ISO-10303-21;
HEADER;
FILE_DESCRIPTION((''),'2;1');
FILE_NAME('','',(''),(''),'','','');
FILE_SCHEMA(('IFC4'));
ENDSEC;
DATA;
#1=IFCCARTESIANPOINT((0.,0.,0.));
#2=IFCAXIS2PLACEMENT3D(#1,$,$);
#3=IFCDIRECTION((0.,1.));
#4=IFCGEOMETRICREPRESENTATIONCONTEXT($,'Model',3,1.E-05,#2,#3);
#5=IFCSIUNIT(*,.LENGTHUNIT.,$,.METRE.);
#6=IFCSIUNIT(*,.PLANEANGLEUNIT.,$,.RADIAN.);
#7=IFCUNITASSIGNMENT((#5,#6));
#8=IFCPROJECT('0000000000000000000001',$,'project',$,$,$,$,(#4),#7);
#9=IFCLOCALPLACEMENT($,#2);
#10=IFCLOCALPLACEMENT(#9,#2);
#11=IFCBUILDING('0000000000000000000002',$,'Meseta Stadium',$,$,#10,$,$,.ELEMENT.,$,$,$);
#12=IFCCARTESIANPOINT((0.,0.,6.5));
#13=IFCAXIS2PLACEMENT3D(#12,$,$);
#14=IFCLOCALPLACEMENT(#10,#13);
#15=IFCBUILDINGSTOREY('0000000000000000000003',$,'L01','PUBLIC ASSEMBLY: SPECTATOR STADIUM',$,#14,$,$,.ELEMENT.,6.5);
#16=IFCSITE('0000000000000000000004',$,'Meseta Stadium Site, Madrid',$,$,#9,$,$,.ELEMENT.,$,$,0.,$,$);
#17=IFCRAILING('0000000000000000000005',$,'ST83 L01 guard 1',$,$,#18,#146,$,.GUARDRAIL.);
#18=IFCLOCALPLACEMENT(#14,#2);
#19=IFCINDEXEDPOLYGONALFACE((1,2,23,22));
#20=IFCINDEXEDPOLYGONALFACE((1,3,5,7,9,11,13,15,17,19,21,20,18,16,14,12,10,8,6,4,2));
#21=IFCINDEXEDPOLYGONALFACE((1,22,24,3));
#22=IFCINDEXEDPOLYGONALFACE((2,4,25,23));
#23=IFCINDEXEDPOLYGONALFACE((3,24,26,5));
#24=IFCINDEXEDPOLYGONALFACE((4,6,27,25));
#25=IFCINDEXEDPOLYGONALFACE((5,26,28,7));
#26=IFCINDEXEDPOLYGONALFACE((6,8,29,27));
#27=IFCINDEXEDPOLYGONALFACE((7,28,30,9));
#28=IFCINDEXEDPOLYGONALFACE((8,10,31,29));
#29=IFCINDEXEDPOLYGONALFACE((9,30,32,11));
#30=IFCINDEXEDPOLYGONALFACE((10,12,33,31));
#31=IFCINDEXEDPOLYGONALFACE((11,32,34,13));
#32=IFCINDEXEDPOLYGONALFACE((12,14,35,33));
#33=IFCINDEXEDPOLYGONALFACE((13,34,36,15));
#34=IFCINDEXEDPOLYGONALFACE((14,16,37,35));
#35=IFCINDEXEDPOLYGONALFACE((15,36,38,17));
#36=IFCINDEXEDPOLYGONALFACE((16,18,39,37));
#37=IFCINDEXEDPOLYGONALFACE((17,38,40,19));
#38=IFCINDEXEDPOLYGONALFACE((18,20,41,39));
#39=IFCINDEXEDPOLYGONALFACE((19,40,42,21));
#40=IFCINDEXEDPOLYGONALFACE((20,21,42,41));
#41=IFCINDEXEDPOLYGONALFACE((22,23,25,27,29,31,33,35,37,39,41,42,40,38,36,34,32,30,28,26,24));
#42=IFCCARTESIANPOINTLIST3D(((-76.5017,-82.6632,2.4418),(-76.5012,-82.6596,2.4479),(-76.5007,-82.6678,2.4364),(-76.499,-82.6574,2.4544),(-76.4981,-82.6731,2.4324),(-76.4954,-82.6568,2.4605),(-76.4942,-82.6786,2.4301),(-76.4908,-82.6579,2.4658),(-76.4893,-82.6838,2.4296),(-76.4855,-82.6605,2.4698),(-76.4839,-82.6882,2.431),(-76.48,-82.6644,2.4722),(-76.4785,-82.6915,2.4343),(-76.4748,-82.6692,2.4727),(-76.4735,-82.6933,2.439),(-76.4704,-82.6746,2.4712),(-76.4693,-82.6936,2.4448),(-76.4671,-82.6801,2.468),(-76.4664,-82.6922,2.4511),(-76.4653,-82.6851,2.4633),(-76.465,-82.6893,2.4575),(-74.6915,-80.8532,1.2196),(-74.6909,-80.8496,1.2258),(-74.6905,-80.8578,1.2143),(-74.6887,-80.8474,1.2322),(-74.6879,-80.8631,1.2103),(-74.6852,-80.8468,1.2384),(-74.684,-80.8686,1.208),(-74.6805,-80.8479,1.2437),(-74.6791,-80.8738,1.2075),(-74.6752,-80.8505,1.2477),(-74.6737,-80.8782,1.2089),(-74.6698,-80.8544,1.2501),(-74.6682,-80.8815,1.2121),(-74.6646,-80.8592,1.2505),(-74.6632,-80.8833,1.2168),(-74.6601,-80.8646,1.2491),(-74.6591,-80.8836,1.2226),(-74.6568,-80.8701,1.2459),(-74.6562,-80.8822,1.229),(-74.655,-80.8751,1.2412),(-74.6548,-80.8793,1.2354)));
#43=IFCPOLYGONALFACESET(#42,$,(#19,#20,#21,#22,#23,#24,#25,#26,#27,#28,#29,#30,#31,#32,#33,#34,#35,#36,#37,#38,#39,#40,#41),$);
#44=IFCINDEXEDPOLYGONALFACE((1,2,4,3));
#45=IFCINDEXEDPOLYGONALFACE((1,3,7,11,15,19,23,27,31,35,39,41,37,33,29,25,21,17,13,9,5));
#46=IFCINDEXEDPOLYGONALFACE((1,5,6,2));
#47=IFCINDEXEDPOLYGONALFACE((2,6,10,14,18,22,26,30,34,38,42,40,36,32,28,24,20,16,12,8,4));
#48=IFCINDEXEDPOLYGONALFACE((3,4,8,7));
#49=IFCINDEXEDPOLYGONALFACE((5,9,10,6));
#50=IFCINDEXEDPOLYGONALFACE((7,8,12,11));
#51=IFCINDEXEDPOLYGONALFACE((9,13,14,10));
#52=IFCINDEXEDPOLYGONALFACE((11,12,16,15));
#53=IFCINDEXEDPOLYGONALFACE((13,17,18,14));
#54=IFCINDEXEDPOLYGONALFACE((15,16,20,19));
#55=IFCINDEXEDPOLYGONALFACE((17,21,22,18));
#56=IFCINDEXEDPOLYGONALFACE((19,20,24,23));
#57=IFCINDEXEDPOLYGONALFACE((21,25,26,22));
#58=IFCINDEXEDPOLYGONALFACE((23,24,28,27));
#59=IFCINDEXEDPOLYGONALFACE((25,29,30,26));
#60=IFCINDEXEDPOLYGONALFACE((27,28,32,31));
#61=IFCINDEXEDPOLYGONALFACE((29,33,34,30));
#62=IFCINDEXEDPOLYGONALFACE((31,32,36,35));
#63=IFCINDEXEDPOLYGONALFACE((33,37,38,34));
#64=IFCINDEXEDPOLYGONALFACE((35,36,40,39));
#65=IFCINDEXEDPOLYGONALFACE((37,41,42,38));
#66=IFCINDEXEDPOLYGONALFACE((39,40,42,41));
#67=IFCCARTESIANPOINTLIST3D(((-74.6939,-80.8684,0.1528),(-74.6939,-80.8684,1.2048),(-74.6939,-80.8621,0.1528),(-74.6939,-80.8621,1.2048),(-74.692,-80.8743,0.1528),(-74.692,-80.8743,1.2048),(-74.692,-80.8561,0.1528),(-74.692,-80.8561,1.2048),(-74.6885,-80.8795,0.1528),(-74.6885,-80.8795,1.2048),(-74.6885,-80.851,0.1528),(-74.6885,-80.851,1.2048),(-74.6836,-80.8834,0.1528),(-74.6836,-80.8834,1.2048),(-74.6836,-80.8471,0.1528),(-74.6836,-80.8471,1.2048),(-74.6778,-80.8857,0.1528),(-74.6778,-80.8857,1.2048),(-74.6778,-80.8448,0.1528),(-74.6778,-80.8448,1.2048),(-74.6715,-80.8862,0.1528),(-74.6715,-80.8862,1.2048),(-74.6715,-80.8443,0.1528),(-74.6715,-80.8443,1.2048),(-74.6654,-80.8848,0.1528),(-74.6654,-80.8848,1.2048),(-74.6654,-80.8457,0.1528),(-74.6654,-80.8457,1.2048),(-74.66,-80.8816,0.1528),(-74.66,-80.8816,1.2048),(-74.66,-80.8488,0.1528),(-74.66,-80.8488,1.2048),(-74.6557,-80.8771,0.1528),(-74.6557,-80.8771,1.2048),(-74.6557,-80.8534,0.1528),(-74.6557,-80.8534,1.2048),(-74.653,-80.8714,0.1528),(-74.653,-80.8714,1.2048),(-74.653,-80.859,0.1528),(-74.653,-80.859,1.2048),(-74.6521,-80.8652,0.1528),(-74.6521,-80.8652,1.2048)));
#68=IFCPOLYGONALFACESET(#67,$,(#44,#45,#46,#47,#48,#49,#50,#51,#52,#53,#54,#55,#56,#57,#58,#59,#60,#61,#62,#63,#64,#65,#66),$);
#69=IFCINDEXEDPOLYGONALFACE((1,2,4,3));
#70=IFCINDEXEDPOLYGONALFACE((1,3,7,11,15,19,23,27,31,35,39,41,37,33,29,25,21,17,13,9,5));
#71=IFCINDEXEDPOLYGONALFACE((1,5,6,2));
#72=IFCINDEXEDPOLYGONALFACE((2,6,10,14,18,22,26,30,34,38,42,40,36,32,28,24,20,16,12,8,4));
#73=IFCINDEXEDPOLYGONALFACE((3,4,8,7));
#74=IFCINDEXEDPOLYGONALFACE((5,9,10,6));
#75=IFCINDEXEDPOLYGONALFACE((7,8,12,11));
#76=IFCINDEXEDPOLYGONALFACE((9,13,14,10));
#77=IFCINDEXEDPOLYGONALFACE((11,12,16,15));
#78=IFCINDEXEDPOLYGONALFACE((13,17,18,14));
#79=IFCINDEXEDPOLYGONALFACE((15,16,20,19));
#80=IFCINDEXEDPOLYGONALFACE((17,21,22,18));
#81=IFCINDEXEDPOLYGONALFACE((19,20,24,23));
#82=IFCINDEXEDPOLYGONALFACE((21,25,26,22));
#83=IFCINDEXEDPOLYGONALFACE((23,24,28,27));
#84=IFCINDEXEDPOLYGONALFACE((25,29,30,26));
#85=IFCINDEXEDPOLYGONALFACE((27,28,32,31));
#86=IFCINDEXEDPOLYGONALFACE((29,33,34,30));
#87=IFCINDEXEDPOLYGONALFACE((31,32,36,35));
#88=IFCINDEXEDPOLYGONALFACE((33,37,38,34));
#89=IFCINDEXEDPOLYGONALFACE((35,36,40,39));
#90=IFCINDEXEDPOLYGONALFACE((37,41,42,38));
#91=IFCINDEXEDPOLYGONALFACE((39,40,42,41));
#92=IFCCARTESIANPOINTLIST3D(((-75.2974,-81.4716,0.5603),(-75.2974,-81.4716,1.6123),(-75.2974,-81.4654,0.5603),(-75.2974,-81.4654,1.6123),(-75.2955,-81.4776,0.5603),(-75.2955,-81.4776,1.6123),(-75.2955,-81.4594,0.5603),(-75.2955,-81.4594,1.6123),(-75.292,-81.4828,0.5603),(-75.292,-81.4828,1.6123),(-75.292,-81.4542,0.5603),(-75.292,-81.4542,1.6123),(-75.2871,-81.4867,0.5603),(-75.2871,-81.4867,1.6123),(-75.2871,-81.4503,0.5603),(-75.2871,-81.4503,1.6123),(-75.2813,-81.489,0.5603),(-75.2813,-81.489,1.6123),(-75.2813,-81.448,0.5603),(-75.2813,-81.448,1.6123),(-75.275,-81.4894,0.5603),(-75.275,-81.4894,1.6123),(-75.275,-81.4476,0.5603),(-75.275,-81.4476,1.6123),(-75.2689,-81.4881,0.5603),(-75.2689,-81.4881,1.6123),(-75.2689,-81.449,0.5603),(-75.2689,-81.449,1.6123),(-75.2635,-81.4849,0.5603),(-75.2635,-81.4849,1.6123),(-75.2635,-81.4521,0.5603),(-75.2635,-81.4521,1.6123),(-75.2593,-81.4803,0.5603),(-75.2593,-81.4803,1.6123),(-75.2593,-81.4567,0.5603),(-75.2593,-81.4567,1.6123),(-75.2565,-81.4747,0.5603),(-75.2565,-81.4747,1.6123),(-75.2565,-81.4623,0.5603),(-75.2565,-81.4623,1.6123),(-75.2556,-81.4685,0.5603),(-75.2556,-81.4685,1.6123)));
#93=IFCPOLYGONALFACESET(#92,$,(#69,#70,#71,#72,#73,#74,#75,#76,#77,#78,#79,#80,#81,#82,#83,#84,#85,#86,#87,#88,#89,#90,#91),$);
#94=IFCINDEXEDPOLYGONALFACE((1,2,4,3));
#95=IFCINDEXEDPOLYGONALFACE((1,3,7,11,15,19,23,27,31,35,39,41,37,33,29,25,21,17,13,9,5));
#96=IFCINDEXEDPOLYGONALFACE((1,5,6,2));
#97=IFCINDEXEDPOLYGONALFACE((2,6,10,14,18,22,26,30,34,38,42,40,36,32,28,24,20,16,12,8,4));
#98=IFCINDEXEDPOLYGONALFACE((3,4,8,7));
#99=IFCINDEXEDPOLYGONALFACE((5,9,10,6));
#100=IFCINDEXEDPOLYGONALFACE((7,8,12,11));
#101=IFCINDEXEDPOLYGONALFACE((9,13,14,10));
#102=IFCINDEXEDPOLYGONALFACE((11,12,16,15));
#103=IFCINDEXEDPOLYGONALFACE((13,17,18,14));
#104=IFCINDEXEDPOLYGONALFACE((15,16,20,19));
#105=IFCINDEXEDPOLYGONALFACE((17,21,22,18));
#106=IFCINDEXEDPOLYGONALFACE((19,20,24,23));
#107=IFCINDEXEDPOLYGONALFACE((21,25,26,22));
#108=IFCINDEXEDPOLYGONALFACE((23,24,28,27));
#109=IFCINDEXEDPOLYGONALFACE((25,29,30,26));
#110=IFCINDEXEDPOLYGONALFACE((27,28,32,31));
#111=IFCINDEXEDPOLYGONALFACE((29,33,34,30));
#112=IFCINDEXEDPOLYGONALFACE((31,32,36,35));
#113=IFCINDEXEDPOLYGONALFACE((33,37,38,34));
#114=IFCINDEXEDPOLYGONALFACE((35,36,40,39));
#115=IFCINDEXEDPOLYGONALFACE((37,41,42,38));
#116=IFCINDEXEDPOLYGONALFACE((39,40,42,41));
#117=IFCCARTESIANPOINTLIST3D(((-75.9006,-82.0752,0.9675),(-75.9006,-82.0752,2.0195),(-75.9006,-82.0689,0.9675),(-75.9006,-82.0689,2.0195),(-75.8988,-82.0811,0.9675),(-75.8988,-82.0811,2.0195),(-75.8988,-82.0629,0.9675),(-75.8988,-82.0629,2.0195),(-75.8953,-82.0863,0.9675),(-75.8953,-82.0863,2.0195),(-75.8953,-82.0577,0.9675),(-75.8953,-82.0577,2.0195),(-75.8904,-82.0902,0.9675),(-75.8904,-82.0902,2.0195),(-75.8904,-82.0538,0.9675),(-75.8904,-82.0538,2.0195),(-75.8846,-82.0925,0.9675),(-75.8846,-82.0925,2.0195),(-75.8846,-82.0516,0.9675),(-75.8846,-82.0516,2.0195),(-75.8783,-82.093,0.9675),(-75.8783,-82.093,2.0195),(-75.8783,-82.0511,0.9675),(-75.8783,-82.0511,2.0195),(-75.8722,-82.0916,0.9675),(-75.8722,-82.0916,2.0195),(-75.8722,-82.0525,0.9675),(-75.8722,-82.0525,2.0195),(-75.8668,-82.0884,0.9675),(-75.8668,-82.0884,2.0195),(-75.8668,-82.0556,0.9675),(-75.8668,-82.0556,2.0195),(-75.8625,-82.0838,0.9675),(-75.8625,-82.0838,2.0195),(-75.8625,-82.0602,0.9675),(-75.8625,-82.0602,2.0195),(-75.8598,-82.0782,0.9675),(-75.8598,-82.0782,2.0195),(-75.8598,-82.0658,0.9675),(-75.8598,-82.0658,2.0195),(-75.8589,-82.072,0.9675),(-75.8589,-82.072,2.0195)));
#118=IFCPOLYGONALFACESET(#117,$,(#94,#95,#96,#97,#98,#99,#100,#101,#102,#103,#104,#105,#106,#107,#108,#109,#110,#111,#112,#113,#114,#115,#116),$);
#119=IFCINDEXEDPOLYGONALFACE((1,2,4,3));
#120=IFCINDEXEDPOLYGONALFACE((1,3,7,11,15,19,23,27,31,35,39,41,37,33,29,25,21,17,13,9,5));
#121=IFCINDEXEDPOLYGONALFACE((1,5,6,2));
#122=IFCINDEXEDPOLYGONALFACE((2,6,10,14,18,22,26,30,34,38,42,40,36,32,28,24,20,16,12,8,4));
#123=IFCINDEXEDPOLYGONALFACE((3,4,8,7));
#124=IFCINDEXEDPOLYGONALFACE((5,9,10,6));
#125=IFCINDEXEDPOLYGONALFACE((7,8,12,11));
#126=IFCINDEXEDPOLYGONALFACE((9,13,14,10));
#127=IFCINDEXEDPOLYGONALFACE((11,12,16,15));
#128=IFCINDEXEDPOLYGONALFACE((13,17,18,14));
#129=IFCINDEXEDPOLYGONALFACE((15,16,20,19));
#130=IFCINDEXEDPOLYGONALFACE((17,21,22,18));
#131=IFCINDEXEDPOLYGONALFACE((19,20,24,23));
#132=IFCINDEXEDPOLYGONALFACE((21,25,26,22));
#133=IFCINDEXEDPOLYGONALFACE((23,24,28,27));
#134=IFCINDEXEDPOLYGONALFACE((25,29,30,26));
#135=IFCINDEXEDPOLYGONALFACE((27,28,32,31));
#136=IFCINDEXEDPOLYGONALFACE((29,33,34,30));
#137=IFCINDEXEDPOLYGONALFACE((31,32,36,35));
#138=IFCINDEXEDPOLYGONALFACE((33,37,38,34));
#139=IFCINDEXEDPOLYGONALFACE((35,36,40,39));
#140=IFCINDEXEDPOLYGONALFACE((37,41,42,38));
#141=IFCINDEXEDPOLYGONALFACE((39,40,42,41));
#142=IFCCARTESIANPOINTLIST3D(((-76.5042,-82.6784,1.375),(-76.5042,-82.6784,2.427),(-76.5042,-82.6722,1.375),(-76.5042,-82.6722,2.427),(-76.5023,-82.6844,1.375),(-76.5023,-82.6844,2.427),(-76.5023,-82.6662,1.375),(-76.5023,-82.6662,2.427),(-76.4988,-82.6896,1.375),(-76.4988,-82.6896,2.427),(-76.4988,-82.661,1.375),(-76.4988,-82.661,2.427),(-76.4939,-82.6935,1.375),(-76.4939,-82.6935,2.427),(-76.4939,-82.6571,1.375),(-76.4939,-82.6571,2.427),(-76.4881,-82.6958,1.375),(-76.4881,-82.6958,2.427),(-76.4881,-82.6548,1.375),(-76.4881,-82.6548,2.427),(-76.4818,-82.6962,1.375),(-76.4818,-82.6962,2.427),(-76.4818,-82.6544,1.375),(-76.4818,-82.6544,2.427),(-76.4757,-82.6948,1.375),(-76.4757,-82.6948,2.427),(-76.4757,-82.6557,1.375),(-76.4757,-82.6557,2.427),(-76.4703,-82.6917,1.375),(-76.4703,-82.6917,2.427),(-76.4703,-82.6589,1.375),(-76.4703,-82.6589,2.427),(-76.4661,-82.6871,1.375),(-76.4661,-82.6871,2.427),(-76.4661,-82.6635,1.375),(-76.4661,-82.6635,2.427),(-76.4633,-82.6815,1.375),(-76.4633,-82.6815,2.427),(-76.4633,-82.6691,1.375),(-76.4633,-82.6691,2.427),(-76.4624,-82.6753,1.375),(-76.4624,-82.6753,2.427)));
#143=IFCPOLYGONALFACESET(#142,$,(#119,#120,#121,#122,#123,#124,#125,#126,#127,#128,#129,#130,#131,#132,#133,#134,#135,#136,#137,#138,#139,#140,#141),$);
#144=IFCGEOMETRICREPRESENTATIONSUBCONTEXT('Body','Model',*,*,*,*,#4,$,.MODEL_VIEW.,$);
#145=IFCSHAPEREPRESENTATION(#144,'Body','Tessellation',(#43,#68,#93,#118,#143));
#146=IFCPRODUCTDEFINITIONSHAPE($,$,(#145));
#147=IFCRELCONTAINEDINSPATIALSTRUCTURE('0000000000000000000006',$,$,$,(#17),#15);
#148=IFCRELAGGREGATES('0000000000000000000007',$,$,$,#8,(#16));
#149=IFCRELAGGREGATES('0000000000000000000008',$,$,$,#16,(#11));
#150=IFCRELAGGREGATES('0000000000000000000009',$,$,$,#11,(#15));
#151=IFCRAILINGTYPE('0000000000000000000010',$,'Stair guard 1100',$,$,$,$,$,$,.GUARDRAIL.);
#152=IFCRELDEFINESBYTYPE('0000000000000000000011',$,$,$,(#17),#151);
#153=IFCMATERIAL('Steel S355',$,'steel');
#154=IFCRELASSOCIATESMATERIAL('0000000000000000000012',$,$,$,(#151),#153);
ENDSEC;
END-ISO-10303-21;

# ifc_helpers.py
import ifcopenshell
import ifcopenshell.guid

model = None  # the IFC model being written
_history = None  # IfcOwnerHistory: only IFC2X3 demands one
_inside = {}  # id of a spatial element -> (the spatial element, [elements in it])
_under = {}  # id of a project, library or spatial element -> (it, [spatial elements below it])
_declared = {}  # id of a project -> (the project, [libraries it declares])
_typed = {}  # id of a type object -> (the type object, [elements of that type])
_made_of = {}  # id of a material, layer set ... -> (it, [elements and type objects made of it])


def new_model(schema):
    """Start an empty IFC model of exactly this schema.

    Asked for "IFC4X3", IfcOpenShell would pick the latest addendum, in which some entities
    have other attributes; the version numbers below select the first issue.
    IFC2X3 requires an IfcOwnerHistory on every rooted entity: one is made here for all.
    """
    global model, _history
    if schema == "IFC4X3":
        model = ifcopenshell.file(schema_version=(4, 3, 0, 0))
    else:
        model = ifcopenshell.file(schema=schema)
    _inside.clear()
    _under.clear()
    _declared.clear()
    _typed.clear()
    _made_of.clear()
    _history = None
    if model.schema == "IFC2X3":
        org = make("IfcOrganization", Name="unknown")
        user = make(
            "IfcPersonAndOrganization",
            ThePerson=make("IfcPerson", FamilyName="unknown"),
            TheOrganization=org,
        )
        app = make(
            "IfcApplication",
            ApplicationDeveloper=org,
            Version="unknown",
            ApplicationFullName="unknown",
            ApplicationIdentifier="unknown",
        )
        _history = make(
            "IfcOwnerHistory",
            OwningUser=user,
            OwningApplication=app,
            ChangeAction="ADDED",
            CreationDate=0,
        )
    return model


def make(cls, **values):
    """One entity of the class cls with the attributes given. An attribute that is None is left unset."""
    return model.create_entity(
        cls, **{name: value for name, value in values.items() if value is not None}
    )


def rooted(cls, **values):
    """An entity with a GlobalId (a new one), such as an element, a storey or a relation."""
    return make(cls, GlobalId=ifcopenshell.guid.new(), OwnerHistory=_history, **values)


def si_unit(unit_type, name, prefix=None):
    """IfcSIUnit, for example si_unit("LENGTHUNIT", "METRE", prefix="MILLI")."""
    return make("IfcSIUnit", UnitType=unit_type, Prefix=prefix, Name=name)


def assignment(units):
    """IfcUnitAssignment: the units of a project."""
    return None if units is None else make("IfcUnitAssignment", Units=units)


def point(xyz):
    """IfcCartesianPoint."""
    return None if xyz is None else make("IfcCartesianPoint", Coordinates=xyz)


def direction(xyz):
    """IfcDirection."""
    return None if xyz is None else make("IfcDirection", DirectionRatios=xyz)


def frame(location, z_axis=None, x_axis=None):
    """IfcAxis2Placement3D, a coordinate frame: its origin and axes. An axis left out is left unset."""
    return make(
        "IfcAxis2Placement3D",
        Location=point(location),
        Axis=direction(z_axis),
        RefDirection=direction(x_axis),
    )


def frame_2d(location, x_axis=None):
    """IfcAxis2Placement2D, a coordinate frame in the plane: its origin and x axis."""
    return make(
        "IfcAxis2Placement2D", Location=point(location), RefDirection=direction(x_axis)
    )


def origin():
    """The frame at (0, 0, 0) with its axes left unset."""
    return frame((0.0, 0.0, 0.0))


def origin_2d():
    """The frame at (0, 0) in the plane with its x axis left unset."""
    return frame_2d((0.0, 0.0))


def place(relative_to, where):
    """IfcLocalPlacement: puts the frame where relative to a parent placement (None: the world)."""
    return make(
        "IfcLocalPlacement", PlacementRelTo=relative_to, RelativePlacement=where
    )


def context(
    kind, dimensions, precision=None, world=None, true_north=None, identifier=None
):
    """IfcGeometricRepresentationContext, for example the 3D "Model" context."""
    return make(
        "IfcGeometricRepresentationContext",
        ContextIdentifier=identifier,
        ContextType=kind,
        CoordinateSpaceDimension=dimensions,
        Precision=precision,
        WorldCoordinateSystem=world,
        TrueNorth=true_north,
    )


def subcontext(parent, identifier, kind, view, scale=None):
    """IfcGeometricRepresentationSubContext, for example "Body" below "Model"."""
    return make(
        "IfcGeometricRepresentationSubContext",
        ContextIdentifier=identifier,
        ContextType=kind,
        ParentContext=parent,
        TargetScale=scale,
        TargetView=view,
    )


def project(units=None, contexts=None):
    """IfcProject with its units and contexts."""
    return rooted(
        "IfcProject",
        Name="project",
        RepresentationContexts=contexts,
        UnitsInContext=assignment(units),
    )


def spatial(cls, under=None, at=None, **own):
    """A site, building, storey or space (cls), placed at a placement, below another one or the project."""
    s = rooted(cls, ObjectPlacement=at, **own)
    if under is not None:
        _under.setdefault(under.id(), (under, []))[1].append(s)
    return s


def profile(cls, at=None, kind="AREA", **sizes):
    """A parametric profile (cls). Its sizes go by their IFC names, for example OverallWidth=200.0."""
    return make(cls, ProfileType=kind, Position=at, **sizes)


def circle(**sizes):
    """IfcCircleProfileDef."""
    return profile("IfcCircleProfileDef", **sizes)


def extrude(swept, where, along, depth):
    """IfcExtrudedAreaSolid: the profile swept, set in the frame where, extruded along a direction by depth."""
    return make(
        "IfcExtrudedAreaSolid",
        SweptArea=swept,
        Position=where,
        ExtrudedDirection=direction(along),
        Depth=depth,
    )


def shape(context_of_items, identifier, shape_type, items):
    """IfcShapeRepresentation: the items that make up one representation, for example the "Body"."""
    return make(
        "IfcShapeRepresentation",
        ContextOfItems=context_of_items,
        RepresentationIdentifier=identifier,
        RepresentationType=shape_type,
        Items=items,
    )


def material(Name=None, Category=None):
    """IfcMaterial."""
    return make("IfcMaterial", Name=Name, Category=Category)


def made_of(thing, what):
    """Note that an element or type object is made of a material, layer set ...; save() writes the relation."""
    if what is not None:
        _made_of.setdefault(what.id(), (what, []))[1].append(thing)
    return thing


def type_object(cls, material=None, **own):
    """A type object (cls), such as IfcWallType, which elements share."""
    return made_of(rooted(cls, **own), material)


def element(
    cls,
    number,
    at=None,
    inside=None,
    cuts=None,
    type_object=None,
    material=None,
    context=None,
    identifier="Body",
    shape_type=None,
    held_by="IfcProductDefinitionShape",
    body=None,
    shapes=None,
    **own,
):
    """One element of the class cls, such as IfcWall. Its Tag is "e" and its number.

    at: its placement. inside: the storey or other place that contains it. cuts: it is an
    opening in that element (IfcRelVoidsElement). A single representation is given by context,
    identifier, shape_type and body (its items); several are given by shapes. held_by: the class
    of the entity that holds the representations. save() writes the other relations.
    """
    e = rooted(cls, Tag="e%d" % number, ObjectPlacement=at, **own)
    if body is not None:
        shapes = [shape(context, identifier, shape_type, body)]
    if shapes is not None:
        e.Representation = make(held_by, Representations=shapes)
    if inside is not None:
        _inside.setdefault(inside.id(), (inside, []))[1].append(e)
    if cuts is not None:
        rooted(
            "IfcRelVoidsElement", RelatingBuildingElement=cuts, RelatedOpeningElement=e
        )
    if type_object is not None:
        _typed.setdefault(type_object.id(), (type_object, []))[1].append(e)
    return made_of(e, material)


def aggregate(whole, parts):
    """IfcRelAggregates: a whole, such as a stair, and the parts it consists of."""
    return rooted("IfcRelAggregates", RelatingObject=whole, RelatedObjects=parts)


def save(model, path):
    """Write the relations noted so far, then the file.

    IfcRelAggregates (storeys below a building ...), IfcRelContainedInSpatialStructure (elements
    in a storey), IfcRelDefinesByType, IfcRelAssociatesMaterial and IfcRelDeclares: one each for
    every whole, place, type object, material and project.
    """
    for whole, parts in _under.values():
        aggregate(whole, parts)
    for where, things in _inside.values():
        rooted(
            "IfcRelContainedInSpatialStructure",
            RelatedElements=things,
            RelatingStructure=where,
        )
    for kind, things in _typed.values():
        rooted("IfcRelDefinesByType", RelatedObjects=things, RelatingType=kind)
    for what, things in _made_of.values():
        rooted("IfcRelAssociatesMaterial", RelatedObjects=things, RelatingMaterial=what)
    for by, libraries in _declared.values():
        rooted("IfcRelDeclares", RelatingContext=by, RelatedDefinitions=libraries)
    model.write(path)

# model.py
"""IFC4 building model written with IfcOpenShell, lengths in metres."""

from ifc_helpers import new_model, si_unit, direction, frame, origin, origin_2d, place, context, subcontext, project, spatial, circle, extrude, material, type_object, element, save


model = new_model("IFC4")

# Units and contexts
model_context = context("Model", 3, precision=1e-05, world=origin(), true_north=direction((0.0, 1.0)))
body_context = subcontext(model_context, "Body", "Model", "MODEL_VIEW")
ifc_project = project(units=[si_unit("LENGTHUNIT", "METRE"), si_unit("PLANEANGLEUNIT", "RADIAN")], contexts=[model_context])

# Site, building, storey
site_placement = place(None, origin())
site = spatial("IfcSite", under=ifc_project, at=site_placement, Name="Meseta Stadium Site, Madrid", CompositionType="ELEMENT", RefElevation=0.0)
building_placement = place(site_placement, origin())
building = spatial("IfcBuilding", under=site, at=building_placement, Name="Meseta Stadium", CompositionType="ELEMENT")
storey_placement = place(building_placement, frame((0.0, 0.0, 6.5)))
storey = spatial("IfcBuildingStorey", under=building, at=storey_placement, Name="L01", Description="PUBLIC ASSEMBLY: SPECTATOR STADIUM", CompositionType="ELEMENT", Elevation=6.5)

# Railing
ifc_material_1 = material(Name="Steel S355", Category="steel")
railing_type_1 = type_object("IfcRailingType", Name="Stair guard 1100", PredefinedType="GUARDRAIL", material=ifc_material_1)
railing_1_placement = place(storey_placement, frame((-74.6731, -80.8652, 0.1528)))
element("IfcRailing", 1, at=railing_1_placement, inside=storey, type_object=railing_type_1, Name="ST83 L01 guard 1", PredefinedType="GUARDRAIL", context=body_context, shape_type="SweptSolid", body=[
    extrude(circle(Radius=0.0239, at=origin_2d()), frame((0.0, 0.0, 1.0762), z_axis=(-0.638159, -0.638073, 0.430832), x_axis=(0.707059, -0.707154, 0.0)), (0.0, 0.0, 1.0), 2.8367),
    extrude(circle(Radius=0.021, at=origin_2d()), origin(), (0.0, 0.0, 1.0), 1.052),
    extrude(circle(Radius=0.021, at=origin_2d()), frame((-0.6035, -0.6033, 0.4075)), (0.0, 0.0, 1.0), 1.052),
    extrude(circle(Radius=0.021, at=origin_2d()), frame((-1.2068, -1.2068, 0.8147)), (0.0, 0.0, 1.0), 1.052),
    extrude(circle(Radius=0.021, at=origin_2d()), frame((-1.8103, -1.8101, 1.2222)), (0.0, 0.0, 1.0), 1.052),
])

save(model, "model.ifc")
